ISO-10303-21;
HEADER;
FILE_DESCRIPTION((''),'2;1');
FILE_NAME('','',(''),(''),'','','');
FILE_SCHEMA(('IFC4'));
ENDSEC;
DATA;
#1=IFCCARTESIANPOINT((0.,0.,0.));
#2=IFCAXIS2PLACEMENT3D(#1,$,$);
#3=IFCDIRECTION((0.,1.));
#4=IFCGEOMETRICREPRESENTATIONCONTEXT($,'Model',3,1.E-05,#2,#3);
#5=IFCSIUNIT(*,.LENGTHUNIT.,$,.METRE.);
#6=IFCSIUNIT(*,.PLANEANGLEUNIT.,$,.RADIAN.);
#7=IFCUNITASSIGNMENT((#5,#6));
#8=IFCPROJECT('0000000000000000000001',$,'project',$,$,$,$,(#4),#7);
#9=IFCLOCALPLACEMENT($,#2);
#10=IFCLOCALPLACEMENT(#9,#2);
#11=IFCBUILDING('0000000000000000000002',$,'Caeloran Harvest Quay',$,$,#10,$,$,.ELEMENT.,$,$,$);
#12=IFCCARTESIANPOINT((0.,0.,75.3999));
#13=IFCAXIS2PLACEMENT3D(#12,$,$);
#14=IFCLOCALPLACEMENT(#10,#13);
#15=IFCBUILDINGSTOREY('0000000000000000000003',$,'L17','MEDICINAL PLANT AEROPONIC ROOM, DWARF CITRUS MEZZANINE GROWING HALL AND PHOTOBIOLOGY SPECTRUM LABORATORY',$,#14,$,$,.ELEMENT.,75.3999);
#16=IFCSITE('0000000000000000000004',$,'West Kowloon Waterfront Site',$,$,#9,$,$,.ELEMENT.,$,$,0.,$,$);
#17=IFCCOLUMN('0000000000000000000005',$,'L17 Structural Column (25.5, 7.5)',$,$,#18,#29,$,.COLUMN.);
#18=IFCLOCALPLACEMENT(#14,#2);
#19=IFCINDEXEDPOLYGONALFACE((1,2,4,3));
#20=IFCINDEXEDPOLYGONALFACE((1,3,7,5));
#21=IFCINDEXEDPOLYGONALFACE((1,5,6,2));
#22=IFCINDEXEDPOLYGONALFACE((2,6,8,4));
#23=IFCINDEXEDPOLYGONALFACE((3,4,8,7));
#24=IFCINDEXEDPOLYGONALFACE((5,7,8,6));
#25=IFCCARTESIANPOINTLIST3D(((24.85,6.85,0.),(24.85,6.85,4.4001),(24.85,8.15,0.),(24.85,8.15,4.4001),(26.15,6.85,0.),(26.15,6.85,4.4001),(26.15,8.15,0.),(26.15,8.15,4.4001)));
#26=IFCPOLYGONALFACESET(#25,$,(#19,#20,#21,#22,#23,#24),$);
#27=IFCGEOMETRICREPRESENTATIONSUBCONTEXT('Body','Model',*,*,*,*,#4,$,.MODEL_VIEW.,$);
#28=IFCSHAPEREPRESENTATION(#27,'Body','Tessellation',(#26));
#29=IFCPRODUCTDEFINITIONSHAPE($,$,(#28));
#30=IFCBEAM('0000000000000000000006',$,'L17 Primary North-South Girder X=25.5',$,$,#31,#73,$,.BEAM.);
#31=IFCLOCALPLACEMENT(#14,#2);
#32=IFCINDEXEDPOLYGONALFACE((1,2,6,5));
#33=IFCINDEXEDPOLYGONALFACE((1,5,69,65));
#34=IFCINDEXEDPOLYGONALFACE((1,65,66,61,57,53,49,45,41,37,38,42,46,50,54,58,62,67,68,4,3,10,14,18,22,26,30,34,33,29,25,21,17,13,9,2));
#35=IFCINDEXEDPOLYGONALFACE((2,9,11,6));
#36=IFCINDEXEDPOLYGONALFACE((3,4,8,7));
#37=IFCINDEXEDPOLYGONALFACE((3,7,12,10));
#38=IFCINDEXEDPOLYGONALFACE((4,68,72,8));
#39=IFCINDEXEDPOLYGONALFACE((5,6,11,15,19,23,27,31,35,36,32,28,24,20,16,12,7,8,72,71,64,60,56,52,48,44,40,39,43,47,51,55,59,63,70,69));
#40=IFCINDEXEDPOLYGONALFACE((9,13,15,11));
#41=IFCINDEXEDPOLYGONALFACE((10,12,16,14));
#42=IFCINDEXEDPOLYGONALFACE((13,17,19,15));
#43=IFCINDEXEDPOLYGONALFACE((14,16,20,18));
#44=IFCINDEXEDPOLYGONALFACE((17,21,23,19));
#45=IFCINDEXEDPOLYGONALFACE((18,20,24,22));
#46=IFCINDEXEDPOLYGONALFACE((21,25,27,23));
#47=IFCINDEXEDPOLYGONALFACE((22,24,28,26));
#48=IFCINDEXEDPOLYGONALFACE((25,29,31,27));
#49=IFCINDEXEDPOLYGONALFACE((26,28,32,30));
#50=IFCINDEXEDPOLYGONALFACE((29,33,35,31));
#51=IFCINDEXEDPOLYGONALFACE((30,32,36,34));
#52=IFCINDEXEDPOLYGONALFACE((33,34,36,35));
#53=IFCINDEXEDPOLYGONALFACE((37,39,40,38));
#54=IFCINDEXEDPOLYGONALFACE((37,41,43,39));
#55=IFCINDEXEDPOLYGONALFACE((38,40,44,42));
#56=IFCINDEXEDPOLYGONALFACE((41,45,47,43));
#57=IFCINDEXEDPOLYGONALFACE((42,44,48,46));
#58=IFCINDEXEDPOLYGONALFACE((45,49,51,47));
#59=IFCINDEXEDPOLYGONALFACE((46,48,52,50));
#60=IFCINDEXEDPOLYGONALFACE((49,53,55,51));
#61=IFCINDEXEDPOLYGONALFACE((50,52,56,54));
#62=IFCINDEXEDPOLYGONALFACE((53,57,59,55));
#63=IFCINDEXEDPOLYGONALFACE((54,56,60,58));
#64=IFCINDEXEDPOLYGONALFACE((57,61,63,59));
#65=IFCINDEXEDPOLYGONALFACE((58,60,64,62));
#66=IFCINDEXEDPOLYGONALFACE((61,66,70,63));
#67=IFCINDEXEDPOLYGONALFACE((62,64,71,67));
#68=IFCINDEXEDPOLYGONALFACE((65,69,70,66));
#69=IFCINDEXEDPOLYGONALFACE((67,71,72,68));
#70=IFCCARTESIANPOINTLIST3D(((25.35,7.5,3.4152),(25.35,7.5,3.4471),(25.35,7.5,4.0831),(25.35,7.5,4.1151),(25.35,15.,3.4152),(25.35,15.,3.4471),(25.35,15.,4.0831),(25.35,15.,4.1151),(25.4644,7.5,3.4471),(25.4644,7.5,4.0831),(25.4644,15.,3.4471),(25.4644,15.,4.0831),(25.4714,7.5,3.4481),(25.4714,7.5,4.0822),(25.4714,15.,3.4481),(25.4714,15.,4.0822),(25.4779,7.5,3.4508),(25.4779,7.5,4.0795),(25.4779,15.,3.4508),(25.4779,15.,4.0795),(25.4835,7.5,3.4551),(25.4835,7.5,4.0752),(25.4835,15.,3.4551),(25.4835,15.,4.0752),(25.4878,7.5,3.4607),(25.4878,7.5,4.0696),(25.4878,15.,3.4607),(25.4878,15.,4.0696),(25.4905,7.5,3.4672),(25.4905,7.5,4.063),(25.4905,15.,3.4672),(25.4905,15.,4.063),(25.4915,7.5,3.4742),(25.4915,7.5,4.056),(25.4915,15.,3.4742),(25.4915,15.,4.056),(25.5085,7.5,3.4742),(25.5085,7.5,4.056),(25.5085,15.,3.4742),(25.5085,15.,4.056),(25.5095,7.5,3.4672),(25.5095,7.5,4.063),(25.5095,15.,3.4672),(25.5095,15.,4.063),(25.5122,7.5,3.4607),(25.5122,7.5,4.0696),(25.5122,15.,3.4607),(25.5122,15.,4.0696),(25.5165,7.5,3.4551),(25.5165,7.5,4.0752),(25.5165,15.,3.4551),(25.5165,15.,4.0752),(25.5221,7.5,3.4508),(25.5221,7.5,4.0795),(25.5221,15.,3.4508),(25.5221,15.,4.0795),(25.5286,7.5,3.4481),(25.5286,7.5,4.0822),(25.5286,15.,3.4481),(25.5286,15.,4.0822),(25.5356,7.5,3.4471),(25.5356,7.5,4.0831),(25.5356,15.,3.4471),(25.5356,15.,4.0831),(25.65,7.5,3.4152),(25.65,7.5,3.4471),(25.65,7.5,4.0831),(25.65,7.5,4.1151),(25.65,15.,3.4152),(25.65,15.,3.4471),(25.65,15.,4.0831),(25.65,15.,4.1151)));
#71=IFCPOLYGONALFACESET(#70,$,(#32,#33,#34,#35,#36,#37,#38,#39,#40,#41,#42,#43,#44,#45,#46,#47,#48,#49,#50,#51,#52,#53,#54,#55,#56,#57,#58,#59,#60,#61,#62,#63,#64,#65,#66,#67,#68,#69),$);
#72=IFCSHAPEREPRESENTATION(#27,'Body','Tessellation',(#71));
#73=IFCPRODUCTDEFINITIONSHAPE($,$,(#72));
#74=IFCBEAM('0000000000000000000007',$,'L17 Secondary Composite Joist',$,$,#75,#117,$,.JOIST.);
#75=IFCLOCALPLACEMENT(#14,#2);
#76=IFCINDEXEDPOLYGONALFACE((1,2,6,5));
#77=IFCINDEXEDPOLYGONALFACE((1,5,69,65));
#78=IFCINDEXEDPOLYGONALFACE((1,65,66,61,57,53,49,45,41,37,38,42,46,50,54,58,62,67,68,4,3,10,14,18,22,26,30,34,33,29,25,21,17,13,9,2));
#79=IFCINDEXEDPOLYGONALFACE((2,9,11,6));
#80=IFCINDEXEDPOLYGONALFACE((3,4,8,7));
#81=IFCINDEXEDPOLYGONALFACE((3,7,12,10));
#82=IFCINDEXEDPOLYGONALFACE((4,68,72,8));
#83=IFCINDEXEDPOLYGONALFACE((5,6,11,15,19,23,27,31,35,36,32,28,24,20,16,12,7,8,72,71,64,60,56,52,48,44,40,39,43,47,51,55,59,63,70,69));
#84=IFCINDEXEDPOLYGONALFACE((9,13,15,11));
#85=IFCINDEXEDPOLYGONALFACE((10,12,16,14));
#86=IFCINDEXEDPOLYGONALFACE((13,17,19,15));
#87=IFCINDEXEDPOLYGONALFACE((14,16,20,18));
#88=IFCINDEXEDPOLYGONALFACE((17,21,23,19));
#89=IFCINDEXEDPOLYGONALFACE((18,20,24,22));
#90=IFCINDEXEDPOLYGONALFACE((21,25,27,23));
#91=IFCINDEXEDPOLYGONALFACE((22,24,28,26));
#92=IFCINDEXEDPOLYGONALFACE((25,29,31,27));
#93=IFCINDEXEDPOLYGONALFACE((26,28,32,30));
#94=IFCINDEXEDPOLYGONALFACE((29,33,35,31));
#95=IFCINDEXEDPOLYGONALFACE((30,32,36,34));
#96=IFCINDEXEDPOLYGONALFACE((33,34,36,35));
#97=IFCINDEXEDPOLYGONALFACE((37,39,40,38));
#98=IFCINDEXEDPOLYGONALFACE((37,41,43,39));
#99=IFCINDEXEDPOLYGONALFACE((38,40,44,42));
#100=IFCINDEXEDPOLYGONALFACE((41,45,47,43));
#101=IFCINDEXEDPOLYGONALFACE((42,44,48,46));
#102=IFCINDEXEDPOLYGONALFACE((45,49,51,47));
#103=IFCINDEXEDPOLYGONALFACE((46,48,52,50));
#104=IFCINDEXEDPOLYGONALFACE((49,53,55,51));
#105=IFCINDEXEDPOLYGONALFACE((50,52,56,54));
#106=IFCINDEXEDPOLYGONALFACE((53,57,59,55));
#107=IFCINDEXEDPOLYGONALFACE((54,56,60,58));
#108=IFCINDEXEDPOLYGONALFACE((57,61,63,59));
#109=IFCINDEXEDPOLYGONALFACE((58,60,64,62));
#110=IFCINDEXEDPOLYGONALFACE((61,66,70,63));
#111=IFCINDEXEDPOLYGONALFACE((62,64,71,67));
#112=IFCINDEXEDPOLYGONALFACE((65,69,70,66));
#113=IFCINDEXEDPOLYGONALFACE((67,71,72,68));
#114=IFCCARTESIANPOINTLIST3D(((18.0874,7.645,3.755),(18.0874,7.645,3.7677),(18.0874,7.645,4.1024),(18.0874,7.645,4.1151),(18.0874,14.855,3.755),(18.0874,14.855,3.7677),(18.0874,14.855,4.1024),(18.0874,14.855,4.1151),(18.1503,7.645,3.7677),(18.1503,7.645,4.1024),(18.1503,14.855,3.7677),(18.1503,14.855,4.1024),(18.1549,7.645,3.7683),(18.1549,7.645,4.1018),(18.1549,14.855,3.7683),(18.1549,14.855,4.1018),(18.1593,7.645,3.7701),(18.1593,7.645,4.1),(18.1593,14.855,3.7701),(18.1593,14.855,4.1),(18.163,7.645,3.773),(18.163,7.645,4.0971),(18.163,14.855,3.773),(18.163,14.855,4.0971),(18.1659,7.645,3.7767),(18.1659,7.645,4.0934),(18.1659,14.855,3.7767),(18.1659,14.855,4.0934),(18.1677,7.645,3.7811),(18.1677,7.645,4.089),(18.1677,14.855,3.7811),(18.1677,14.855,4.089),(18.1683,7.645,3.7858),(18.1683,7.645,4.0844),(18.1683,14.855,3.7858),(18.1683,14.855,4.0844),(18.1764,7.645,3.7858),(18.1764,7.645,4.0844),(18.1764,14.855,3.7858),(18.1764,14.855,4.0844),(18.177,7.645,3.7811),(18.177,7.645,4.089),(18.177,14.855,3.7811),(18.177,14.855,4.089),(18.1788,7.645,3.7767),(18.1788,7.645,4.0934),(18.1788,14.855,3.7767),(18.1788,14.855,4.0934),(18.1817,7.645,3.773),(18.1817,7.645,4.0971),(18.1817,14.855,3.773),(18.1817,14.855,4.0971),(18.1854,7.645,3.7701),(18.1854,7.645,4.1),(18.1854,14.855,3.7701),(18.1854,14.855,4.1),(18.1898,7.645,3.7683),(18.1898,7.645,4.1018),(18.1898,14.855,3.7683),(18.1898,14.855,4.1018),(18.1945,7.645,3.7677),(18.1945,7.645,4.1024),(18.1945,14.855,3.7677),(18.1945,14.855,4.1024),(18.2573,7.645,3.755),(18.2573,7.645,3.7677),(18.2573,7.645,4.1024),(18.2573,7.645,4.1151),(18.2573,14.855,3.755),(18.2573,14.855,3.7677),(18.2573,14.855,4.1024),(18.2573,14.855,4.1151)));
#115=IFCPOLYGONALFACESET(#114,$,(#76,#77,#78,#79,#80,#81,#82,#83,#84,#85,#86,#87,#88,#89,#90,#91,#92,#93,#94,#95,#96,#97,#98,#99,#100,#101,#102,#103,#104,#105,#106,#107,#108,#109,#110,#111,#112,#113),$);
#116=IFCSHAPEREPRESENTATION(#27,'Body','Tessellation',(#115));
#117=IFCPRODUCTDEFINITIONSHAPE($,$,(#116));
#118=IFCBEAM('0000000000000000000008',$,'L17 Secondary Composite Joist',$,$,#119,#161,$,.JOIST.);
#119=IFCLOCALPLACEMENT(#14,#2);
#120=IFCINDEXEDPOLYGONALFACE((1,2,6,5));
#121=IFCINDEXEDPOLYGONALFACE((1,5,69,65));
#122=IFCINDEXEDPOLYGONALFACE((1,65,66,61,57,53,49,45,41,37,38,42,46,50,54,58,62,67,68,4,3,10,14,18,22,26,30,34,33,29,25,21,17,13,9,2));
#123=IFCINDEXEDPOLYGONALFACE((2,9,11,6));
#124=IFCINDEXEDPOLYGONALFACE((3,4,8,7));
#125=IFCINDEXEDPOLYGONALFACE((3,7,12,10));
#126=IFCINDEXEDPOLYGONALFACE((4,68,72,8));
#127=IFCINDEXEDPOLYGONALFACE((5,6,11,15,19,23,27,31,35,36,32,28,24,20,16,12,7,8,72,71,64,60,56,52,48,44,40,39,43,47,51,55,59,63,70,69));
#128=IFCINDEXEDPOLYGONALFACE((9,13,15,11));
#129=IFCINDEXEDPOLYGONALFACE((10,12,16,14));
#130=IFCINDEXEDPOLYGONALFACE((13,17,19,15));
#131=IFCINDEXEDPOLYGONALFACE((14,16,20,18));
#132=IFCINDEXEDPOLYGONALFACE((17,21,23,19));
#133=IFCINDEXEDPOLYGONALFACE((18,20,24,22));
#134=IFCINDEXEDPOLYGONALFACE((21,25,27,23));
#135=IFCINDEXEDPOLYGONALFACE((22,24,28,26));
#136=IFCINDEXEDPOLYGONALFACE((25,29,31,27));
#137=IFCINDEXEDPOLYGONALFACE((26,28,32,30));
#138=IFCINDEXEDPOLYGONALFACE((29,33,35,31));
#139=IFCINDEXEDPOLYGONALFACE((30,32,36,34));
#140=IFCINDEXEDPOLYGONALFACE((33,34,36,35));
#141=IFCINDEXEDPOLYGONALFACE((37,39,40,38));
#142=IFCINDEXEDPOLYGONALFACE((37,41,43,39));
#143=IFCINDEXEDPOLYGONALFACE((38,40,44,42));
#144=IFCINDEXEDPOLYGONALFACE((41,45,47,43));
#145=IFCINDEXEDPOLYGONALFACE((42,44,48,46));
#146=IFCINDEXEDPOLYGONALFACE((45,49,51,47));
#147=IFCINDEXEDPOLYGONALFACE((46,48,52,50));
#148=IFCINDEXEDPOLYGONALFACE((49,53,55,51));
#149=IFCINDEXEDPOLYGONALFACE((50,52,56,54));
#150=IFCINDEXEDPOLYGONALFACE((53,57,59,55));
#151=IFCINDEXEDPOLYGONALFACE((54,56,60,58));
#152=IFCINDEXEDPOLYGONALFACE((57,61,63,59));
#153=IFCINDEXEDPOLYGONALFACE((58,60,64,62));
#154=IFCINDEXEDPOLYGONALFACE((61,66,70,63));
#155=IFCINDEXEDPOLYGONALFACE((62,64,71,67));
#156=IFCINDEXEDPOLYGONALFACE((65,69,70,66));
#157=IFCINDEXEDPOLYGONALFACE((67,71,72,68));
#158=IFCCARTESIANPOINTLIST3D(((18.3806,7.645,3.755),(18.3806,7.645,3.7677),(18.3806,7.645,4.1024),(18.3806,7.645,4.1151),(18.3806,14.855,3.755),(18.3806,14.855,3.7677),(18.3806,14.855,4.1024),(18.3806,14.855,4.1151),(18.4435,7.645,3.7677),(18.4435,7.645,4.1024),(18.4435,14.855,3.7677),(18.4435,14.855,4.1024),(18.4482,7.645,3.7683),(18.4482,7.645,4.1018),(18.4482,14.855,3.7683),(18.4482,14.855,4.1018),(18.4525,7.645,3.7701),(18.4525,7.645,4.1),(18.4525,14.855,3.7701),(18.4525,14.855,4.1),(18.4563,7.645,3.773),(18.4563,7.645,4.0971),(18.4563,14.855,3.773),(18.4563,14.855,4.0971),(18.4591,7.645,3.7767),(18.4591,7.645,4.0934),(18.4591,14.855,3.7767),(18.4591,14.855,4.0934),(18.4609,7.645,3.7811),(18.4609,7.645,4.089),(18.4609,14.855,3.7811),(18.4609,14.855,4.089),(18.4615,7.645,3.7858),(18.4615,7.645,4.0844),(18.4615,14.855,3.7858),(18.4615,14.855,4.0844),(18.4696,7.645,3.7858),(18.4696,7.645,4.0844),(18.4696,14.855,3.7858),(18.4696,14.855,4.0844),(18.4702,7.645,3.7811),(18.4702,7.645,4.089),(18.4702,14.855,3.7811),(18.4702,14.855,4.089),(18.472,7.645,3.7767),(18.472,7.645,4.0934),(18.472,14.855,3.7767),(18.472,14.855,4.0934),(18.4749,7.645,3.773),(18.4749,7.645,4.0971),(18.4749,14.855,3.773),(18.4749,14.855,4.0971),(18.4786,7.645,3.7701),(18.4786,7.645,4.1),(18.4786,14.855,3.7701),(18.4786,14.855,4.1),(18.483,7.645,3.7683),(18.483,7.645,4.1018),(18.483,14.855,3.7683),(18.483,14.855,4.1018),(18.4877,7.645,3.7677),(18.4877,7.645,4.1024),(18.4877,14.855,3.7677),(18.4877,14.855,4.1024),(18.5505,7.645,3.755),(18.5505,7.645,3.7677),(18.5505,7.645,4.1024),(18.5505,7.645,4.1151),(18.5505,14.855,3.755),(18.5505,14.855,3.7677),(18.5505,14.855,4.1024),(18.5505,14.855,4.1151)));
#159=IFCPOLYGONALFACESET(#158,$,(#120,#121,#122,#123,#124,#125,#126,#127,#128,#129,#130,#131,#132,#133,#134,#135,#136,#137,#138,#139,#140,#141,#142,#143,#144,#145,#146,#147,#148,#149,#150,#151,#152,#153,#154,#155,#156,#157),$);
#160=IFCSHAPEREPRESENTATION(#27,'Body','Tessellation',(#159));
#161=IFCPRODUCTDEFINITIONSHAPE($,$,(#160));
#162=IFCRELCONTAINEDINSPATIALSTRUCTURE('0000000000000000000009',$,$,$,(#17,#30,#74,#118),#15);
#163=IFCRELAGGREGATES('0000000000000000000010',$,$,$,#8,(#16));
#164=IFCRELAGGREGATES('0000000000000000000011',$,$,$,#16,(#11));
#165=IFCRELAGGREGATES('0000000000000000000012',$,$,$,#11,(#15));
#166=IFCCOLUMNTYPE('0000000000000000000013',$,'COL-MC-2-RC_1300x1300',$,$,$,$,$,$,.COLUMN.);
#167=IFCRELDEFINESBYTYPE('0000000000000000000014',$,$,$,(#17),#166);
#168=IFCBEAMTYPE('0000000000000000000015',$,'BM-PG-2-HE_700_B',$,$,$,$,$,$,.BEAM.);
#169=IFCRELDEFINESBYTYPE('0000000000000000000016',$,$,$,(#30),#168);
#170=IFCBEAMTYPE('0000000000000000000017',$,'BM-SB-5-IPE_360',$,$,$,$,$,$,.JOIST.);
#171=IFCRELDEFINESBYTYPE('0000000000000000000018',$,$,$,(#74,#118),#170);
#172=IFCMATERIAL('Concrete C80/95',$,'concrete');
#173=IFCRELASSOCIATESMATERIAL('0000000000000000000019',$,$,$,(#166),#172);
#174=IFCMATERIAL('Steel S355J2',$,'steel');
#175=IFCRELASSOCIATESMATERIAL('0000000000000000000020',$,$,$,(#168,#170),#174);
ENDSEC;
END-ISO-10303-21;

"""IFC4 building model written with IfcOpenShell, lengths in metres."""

from ifc_helpers import new_model, si_unit, direction, frame, origin, origin_2d, place, context, subcontext, project, spatial, rectangle, i_section, extrude, material, material_profile, profile_set, type_object, element, save


model = new_model("IFC4")

# Units and contexts
model_context = context("Model", 3, precision=1e-05, world=origin(), true_north=direction((0.0, 1.0)))
body_context = subcontext(model_context, "Body", "Model", "MODEL_VIEW")
ifc_project = project(units=[si_unit("LENGTHUNIT", "METRE"), si_unit("PLANEANGLEUNIT", "RADIAN")], contexts=[model_context])

# Site, building, storey
site_placement = place(None, origin())
site = spatial("IfcSite", under=ifc_project, at=site_placement, Name="West Kowloon Waterfront Site", CompositionType="ELEMENT", RefElevation=0.0)
building_placement = place(site_placement, origin())
building = spatial("IfcBuilding", under=site, at=building_placement, Name="Caeloran Harvest Quay", CompositionType="ELEMENT")
storey_placement = place(building_placement, frame((0.0, 0.0, 75.3999)))
storey = spatial("IfcBuildingStorey", under=building, at=storey_placement, Name="L17", Description="MEDICINAL PLANT AEROPONIC ROOM, DWARF CITRUS MEZZANINE GROWING HALL AND PHOTOBIOLOGY SPECTRUM LABORATORY", CompositionType="ELEMENT", Elevation=75.3999)

# Column
ifc_material_1 = material(Name="Concrete C80/95", Category="concrete")
ifc_material_profile_1 = material_profile(ifc_material_1, rectangle(XDim=1.3, YDim=1.3, at=origin_2d()), Name="RC 1300x1300")
ifc_profile_set_1 = profile_set([ifc_material_profile_1], Name="Concrete C80/95")
column_type = type_object("IfcColumnType", Name="COL-MC-2-RC_1300x1300", PredefinedType="COLUMN", material=ifc_profile_set_1)
column_placement = place(storey_placement, frame((25.5, 7.5, 0.0), z_axis=(0.0, 0.0, 1.0), x_axis=(1.0, 0.0, 0.0)))
element("IfcColumn", 1, at=column_placement, inside=storey, type_object=column_type, Name="L17 Structural Column (25.5, 7.5)", PredefinedType="COLUMN", context=body_context, shape_type="SweptSolid", body=[
    extrude(rectangle(XDim=1.3, YDim=1.3, at=origin_2d()), origin(), (0.0, 0.0, 1.0), 4.4001),
])

# Beams
ifc_material_2 = material(Name="Steel S355J2", Category="steel")
ifc_material_profile_2 = material_profile(ifc_material_2, i_section(OverallWidth=0.3, OverallDepth=0.7, WebThickness=0.0171, FlangeThickness=0.032, FilletRadius=0.0271, at=origin_2d()), Name="HE 700 B")
ifc_profile_set_2 = profile_set([ifc_material_profile_2], Name="Steel S355J2")
beam_type_1 = type_object("IfcBeamType", Name="BM-PG-2-HE_700_B", PredefinedType="BEAM", material=ifc_profile_set_2)
beam_placement = place(storey_placement, frame((25.5, 7.5, 3.7651), z_axis=(0.0, 1.0, 0.0), x_axis=(-1.0, 0.0, 0.0)))
element("IfcBeam", 2, at=beam_placement, inside=storey, type_object=beam_type_1, Name="L17 Primary North-South Girder X=25.5", PredefinedType="BEAM", context=body_context, shape_type="SweptSolid", body=[
    extrude(i_section(OverallWidth=0.3, OverallDepth=0.7, WebThickness=0.0171, FlangeThickness=0.032, FilletRadius=0.0271, at=origin_2d()), origin(), (0.0, 0.0, 1.0), 7.5),
])
ifc_material_profile_3 = material_profile(ifc_material_2, i_section(OverallWidth=0.1699, OverallDepth=0.3601, WebThickness=0.0081, FlangeThickness=0.0127, FilletRadius=0.0181, at=origin_2d()), Name="IPE 360")
ifc_profile_set_3 = profile_set([ifc_material_profile_3], Name="Steel S355J2")
beam_type_2 = type_object("IfcBeamType", Name="BM-SB-5-IPE_360", PredefinedType="JOIST", material=ifc_profile_set_3)
for number, where, z_axis, x_axis, name in (
    (3, (18.1724, 7.645, 3.9351), (0.0, 1.0, 0.0), (-1.0, 0.0, 0.0), "L17 Secondary Composite Joist"),
    (4, (18.4656, 7.645, 3.9351), (0.0, 1.0, 0.0), (-1.0, 0.0, 0.0), "L17 Secondary Composite Joist"),
):
    element("IfcBeam", number, at=place(storey_placement, frame(where, z_axis=z_axis, x_axis=x_axis)), inside=storey, type_object=beam_type_2, Name=name, PredefinedType="JOIST", context=body_context, shape_type="SweptSolid", body=[
        extrude(i_section(OverallWidth=0.1699, OverallDepth=0.3601, WebThickness=0.0081, FlangeThickness=0.0127, FilletRadius=0.0181, at=origin_2d()), origin(), (0.0, 0.0, 1.0), 7.21),
    ])

save(model, "model.ifc")
